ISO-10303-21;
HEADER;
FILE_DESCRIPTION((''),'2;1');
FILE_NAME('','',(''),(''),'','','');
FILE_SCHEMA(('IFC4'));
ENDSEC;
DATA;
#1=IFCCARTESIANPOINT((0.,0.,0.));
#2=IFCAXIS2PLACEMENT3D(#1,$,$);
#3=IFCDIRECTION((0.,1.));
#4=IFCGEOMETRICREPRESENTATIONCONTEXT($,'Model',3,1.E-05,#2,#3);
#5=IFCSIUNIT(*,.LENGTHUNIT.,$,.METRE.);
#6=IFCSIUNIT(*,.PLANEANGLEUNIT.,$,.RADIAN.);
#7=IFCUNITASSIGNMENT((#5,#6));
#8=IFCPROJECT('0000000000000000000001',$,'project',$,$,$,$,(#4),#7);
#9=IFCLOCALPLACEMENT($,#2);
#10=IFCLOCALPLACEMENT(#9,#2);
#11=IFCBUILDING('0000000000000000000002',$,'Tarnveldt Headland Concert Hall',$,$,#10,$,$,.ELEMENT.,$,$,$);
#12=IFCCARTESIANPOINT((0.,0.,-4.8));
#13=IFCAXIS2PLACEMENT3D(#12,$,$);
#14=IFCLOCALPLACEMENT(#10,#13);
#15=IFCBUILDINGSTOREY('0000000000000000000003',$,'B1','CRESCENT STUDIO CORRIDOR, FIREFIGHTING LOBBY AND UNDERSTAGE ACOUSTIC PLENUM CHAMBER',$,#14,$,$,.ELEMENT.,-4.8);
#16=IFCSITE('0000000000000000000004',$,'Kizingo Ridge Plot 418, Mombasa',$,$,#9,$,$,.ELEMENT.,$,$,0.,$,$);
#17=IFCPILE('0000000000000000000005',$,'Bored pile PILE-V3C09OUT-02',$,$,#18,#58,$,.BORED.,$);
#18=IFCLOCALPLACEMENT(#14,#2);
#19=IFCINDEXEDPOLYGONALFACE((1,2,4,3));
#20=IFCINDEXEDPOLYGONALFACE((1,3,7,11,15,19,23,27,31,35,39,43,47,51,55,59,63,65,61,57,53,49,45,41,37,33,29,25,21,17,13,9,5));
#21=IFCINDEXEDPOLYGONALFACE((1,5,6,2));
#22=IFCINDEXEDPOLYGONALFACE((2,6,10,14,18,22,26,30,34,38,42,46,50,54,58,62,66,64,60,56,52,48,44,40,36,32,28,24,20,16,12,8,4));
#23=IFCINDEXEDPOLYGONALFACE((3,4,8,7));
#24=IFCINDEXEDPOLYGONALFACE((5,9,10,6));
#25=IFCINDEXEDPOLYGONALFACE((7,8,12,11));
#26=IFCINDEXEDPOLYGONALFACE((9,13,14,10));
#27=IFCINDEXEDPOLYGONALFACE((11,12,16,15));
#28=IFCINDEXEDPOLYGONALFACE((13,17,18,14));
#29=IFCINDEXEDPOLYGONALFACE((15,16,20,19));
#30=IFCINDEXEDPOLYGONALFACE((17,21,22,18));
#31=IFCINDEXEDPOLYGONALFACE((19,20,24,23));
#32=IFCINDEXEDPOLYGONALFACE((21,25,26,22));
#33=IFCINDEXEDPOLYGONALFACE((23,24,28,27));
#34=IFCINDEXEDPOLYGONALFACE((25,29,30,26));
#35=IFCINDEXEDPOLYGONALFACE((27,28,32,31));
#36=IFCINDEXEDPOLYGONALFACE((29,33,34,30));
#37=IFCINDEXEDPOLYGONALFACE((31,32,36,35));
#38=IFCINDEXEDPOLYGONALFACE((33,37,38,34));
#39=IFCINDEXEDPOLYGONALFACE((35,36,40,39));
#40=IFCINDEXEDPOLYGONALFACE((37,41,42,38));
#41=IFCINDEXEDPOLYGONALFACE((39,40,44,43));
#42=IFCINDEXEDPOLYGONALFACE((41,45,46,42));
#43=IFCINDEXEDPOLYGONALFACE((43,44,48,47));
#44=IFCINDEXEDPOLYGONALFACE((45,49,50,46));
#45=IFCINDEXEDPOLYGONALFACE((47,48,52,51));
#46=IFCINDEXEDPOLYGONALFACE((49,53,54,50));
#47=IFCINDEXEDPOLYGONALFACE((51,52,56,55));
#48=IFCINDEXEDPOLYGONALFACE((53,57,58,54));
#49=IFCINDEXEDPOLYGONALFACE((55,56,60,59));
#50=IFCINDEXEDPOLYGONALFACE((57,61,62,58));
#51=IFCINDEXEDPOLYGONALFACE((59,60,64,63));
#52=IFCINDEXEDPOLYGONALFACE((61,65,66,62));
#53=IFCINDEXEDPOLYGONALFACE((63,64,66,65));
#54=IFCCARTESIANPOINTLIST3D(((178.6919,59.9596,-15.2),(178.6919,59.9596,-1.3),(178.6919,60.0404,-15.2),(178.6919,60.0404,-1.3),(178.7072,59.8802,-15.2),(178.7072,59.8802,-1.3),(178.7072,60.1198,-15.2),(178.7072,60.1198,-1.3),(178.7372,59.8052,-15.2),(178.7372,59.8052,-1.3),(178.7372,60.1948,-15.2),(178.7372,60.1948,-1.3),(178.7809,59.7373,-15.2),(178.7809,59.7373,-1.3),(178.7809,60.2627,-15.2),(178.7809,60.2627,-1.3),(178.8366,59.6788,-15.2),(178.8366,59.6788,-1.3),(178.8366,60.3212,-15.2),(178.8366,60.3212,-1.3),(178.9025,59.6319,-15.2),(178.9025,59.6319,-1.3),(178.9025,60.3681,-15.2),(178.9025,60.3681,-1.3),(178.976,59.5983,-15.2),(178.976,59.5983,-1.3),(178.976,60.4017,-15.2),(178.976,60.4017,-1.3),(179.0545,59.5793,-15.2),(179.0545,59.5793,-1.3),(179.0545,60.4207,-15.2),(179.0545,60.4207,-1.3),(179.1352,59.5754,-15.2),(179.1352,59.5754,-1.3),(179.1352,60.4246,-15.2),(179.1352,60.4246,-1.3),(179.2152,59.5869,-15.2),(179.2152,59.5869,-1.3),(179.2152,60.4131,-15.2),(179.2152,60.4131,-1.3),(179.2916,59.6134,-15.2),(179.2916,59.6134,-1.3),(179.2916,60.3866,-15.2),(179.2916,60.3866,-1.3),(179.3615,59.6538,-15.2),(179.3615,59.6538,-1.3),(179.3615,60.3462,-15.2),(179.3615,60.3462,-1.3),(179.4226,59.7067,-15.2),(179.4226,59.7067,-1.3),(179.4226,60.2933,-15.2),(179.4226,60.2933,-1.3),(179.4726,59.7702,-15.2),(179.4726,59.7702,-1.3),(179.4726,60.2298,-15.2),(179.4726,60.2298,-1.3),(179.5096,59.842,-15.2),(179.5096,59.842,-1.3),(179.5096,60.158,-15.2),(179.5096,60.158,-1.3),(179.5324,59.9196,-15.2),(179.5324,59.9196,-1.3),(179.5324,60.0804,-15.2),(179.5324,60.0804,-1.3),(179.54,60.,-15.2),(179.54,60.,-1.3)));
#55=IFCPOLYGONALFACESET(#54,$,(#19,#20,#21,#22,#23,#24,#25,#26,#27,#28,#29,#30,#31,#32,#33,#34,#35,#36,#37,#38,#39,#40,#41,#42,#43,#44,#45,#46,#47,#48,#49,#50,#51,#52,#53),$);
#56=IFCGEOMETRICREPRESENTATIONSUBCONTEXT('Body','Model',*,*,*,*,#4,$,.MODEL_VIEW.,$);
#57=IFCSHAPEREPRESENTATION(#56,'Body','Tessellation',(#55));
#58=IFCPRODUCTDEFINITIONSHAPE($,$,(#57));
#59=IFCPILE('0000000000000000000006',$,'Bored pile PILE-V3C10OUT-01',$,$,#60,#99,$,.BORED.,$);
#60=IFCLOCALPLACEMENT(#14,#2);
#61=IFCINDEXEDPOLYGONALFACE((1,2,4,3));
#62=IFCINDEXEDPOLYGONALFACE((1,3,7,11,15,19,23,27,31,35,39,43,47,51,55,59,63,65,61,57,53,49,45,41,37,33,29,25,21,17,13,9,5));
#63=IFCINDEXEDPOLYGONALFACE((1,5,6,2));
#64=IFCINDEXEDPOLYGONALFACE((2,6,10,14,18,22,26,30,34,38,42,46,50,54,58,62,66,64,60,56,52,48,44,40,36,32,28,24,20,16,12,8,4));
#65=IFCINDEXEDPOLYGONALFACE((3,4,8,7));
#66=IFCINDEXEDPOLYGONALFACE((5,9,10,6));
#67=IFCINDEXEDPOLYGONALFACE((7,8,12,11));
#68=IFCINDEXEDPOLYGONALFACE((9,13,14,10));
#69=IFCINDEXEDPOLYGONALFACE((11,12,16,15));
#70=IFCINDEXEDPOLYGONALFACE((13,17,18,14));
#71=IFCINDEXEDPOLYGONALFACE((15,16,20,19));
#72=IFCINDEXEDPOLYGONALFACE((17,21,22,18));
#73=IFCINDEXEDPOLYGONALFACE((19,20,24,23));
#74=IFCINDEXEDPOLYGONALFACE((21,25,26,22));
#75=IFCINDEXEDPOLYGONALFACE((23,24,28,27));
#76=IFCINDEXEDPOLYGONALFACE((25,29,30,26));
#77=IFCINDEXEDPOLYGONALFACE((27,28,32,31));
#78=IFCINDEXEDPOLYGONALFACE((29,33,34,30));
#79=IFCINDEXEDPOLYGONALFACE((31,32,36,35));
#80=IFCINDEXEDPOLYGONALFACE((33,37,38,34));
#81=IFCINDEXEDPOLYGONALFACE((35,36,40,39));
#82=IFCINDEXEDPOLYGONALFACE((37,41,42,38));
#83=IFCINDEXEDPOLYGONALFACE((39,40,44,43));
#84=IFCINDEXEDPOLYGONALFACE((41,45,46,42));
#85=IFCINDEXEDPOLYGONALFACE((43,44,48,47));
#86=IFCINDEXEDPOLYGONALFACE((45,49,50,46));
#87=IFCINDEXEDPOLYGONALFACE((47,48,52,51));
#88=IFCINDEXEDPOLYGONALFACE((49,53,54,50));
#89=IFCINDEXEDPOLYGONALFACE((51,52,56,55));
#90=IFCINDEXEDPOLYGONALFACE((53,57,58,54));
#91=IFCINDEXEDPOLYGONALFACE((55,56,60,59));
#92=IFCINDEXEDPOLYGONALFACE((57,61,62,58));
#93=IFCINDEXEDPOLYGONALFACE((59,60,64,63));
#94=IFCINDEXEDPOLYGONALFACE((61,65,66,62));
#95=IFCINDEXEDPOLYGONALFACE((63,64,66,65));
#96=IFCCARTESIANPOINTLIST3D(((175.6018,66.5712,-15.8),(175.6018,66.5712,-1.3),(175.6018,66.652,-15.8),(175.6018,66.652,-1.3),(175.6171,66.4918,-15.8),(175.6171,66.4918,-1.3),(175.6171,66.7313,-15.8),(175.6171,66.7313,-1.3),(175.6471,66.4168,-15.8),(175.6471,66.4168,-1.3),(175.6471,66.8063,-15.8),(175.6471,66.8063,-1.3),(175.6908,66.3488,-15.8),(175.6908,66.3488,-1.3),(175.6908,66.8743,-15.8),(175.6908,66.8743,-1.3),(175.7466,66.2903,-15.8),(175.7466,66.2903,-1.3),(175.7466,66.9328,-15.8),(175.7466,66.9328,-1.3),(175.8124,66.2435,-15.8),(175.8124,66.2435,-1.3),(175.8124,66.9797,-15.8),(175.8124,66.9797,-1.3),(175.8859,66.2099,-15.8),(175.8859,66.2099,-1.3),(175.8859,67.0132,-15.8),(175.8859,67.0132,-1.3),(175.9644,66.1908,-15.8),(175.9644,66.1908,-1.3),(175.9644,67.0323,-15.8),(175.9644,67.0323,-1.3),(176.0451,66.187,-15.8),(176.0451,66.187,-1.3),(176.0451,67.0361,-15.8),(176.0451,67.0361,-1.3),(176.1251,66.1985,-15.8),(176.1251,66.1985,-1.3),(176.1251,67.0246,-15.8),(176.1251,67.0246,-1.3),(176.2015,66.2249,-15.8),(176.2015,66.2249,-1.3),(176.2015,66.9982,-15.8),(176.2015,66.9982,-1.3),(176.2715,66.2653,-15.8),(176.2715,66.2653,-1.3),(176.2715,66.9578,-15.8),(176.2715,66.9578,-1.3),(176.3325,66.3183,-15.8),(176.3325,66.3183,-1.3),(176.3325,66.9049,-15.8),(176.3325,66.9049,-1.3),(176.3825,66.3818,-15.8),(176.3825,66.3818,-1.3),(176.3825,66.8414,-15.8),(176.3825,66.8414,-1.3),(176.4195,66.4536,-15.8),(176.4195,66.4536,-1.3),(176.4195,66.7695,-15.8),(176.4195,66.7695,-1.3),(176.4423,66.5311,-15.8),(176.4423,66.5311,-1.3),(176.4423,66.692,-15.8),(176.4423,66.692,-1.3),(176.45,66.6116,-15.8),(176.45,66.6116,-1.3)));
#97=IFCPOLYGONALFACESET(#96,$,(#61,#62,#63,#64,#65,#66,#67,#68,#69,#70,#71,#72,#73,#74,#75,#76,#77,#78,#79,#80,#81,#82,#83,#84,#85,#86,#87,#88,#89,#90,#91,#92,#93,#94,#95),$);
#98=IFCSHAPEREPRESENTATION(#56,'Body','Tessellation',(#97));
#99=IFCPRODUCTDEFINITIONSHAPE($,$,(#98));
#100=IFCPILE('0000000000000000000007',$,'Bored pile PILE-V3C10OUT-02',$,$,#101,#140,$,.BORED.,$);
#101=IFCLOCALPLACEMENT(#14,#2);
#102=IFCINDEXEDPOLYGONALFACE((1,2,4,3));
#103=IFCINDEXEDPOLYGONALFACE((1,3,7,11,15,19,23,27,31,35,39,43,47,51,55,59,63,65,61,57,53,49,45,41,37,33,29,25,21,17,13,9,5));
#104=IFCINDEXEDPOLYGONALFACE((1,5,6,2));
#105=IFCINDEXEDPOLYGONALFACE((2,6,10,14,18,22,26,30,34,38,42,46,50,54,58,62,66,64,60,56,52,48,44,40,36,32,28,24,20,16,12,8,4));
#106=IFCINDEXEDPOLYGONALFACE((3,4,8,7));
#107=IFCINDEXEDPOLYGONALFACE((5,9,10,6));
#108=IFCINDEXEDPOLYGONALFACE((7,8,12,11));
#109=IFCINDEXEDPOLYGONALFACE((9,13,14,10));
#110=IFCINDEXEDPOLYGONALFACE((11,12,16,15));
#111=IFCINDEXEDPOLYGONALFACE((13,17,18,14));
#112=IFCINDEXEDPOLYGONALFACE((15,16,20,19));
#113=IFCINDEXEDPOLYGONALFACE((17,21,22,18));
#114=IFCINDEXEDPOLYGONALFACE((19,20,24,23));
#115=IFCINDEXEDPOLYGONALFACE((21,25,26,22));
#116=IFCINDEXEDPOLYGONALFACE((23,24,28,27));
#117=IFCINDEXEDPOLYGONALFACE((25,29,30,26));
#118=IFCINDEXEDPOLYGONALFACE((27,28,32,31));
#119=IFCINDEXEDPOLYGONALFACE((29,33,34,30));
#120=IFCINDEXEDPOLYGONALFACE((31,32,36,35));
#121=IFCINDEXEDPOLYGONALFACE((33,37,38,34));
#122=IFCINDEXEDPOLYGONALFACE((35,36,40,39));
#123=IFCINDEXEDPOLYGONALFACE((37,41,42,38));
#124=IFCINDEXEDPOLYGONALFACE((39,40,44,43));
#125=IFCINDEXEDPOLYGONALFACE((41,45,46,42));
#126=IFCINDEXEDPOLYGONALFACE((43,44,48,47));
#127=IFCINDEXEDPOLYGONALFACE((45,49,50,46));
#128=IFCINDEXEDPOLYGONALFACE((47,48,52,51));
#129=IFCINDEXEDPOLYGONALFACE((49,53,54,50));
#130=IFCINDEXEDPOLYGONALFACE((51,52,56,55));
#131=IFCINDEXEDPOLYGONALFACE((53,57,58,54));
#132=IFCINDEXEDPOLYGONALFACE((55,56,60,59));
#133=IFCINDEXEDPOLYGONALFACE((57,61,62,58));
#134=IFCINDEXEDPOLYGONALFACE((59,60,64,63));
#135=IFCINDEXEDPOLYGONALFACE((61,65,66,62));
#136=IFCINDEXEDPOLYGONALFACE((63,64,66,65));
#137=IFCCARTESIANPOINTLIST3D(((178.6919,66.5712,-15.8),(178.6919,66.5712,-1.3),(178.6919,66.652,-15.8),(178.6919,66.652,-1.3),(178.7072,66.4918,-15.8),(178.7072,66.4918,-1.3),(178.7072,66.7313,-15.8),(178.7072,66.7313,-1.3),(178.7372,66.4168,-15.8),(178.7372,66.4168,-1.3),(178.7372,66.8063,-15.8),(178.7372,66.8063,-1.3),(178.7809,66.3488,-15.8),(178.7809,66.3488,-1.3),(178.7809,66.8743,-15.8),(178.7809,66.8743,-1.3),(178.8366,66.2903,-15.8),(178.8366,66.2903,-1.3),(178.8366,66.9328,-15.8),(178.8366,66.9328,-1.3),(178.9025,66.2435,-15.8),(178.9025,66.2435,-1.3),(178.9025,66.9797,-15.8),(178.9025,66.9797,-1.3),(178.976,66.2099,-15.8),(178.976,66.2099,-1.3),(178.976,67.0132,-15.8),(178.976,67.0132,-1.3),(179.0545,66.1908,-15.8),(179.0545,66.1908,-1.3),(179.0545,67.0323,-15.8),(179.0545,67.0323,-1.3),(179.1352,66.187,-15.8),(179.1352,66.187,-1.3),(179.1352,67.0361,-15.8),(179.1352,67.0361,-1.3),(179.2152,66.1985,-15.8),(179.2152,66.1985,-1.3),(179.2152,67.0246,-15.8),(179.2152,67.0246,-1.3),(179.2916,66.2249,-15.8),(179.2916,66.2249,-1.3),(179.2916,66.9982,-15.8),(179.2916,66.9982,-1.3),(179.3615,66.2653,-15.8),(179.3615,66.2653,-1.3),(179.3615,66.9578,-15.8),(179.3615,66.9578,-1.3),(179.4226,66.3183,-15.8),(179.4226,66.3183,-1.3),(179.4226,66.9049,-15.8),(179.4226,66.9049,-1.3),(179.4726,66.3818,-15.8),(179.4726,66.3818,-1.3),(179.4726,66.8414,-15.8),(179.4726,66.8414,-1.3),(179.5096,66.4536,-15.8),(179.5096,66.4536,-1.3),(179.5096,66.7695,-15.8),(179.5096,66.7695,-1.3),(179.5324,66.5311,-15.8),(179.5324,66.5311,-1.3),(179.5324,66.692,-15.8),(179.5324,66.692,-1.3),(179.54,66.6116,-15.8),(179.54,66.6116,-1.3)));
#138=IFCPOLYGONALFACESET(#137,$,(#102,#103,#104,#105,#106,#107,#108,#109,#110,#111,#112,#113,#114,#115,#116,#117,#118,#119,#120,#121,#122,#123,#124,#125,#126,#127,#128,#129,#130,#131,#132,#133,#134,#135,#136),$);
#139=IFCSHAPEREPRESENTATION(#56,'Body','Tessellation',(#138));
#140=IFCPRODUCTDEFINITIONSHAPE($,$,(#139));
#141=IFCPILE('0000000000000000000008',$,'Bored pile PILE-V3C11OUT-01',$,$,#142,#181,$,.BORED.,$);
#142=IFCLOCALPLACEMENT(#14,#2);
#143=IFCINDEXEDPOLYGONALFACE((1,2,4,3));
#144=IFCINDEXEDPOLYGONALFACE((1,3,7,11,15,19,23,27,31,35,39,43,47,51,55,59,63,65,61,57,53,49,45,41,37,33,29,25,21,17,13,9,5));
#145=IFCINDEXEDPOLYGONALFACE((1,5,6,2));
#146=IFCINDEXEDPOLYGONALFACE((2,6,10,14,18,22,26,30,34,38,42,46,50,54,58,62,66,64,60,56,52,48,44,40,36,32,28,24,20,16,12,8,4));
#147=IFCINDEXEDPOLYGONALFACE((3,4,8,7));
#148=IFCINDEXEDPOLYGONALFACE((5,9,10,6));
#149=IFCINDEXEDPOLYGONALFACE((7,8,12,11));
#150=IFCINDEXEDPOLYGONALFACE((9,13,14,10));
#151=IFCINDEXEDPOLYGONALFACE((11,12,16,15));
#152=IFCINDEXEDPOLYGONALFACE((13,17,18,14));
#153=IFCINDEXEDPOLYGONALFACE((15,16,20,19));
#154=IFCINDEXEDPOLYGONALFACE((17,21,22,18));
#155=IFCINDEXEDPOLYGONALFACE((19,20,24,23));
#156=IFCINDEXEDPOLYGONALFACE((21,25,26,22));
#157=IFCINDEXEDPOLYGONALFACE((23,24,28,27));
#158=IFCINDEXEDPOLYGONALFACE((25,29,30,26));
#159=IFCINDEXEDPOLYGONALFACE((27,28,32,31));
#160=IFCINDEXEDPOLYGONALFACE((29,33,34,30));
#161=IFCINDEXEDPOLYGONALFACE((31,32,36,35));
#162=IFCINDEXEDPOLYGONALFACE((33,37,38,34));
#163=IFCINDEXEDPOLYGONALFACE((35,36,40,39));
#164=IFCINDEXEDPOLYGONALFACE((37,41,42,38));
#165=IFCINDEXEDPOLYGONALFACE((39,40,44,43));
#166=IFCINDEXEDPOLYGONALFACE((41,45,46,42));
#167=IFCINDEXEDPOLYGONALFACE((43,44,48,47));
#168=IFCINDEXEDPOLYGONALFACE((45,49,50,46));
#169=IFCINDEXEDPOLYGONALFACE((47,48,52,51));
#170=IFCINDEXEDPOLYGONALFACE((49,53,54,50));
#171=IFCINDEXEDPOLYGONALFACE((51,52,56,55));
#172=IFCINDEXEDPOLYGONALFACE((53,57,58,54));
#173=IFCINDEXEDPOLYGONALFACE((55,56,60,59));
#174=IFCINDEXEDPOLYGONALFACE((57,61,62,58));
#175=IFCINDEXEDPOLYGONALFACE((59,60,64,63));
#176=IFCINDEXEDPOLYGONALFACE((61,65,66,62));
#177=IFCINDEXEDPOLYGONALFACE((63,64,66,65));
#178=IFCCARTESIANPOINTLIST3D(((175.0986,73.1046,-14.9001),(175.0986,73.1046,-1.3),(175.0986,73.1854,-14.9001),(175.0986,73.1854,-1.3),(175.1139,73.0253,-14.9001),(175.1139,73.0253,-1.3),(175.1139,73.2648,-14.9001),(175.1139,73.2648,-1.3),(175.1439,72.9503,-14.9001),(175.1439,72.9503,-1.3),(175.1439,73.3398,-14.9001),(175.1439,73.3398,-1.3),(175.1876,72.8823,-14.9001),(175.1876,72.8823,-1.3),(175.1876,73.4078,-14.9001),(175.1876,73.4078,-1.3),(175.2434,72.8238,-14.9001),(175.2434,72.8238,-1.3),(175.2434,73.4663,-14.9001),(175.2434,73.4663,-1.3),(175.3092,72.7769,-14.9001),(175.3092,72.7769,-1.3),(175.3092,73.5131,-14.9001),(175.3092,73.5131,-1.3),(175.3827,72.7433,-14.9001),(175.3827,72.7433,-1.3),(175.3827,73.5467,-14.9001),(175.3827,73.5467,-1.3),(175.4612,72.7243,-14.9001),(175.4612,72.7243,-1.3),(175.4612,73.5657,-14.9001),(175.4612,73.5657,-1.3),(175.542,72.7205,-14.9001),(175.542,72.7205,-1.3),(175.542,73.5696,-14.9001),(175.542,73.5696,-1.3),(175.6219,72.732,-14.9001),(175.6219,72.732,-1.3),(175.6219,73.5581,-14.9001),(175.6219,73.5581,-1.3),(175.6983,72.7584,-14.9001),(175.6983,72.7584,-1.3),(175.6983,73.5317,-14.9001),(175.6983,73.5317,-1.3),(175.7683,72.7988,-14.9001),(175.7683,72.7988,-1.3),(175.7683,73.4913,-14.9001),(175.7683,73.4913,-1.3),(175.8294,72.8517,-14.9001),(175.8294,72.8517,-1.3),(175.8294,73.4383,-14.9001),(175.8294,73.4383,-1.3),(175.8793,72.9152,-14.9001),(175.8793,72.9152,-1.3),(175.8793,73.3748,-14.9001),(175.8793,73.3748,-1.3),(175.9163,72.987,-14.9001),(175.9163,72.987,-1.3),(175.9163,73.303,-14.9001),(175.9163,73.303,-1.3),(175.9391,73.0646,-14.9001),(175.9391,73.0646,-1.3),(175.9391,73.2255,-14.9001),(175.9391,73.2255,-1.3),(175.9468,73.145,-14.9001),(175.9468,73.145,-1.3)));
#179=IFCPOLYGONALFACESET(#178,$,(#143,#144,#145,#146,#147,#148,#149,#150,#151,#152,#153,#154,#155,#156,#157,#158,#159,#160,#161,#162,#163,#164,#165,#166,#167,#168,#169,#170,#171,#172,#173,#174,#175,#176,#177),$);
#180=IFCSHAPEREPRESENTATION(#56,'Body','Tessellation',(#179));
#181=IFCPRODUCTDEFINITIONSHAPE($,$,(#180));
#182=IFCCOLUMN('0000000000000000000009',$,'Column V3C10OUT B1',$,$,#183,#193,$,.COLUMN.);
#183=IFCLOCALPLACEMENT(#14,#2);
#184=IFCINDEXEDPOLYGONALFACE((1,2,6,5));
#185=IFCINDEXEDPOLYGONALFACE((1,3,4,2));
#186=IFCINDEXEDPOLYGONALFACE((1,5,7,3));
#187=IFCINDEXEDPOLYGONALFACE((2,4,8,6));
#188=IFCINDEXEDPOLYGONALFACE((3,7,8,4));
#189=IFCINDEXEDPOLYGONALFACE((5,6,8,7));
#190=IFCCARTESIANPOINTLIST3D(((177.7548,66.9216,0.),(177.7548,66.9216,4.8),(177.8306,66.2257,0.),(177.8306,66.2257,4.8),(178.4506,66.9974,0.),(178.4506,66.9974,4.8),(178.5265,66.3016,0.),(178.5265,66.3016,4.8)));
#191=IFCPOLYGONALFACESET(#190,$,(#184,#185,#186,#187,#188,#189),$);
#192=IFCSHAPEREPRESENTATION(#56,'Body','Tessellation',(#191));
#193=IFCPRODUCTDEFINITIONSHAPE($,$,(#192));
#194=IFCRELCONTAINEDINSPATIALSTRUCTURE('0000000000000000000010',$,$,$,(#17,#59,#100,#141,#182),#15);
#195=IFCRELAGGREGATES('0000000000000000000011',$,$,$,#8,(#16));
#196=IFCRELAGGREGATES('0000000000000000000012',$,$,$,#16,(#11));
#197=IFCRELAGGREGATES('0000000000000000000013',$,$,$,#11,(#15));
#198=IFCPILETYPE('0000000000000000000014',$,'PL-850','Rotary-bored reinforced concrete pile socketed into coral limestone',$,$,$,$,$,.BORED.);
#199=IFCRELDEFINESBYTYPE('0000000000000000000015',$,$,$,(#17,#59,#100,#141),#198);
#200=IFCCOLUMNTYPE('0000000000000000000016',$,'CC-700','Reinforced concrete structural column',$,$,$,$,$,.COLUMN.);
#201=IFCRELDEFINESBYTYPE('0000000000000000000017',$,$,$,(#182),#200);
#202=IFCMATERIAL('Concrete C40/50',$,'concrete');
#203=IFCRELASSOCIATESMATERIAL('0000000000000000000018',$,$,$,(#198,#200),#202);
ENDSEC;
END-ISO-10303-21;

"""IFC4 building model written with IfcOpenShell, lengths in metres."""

from ifc_helpers import new_model, si_unit, direction, frame, origin, origin_2d, place, context, subcontext, project, spatial, rectangle, circle, extrude, material, material_profile, profile_set, type_object, element, save


model = new_model("IFC4")

# Units and contexts
model_context = context("Model", 3, precision=1e-05, world=origin(), true_north=direction((0.0, 1.0)))
body_context = subcontext(model_context, "Body", "Model", "MODEL_VIEW")
ifc_project = project(units=[si_unit("LENGTHUNIT", "METRE"), si_unit("PLANEANGLEUNIT", "RADIAN")], contexts=[model_context])

# Site, building, storey
site_placement = place(None, origin())
site = spatial("IfcSite", under=ifc_project, at=site_placement, Name="Kizingo Ridge Plot 418, Mombasa", CompositionType="ELEMENT", RefElevation=0.0)
building_placement = place(site_placement, origin())
building = spatial("IfcBuilding", under=site, at=building_placement, Name="Tarnveldt Headland Concert Hall", CompositionType="ELEMENT")
storey_placement = place(building_placement, frame((0.0, 0.0, -4.8)))
storey = spatial("IfcBuildingStorey", under=building, at=storey_placement, Name="B1", Description="CRESCENT STUDIO CORRIDOR, FIREFIGHTING LOBBY AND UNDERSTAGE ACOUSTIC PLENUM CHAMBER", CompositionType="ELEMENT", Elevation=-4.8)

# Shared definitions
ifc_material_1 = material(Name="Concrete C40/50", Category="concrete")

# Piles
ifc_material_profile_1 = material_profile(ifc_material_1, circle(Radius=0.425, at=origin_2d()), Name="BORED PILE D850", Category="concrete")
ifc_profile_set_1 = profile_set([ifc_material_profile_1], Name="Concrete C40/50")
pile_type_1 = type_object("IfcPileType", Name="PL-850", Description="Rotary-bored reinforced concrete pile socketed into coral limestone", PredefinedType="BORED", material=ifc_profile_set_1)
pile_1_placement = place(storey_placement, frame((179.115, 60.0, -1.3), z_axis=(0.0, 0.0, -1.0), x_axis=(1.0, 0.0, 0.0)))
element("IfcPile", 1, at=pile_1_placement, inside=storey, type_object=pile_type_1, Name="Bored pile PILE-V3C09OUT-02", PredefinedType="BORED", context=body_context, shape_type="SweptSolid", body=[
    extrude(circle(Radius=0.425, at=origin_2d()), origin(), (0.0, 0.0, 1.0), 13.8999),
])
for number, where, z_axis, x_axis, name in (
    (2, (176.0249, 66.6116, -1.3), (0.0, 0.0, -1.0), (1.0, 0.0, 0.0), "Bored pile PILE-V3C10OUT-01"),
    (3, (179.115, 66.6116, -1.3), (0.0, 0.0, -1.0), (1.0, 0.0, 0.0), "Bored pile PILE-V3C10OUT-02"),
):
    element("IfcPile", number, at=place(storey_placement, frame(where, z_axis=z_axis, x_axis=x_axis)), inside=storey, type_object=pile_type_1, Name=name, PredefinedType="BORED", context=body_context, shape_type="SweptSolid", body=[
        extrude(circle(Radius=0.425, at=origin_2d()), origin(), (0.0, 0.0, 1.0), 14.5),
    ])
pile_2_placement = place(storey_placement, frame((175.5217, 73.145, -1.3), z_axis=(0.0, 0.0, -1.0), x_axis=(1.0, 0.0, 0.0)))
element("IfcPile", 4, at=pile_2_placement, inside=storey, type_object=pile_type_1, Name="Bored pile PILE-V3C11OUT-01", PredefinedType="BORED", context=body_context, shape_type="SweptSolid", body=[
    extrude(circle(Radius=0.425, at=origin_2d()), origin(), (0.0, 0.0, 1.0), 13.6001),
])

# Column
ifc_material_profile_2 = material_profile(ifc_material_1, rectangle(XDim=0.7, YDim=0.7, at=origin_2d()), Name="RC 700x700", Category="concrete")
ifc_profile_set_2 = profile_set([ifc_material_profile_2], Name="Concrete C40/50")
column_type = type_object("IfcColumnType", Name="CC-700", Description="Reinforced concrete structural column", PredefinedType="COLUMN", material=ifc_profile_set_2)
column_placement = place(storey_placement, frame((178.1406, 66.6116, 0.0), z_axis=(0.0, 0.0, 1.0), x_axis=(0.994113, 0.108346, 0.0)))
element("IfcColumn", 5, at=column_placement, inside=storey, type_object=column_type, Name="Column V3C10OUT B1", PredefinedType="COLUMN", context=body_context, shape_type="SweptSolid", body=[
    extrude(rectangle(XDim=0.7, YDim=0.7, at=origin_2d()), origin(), (0.0, 0.0, 1.0), 4.8),
])

save(model, "model.ifc")
